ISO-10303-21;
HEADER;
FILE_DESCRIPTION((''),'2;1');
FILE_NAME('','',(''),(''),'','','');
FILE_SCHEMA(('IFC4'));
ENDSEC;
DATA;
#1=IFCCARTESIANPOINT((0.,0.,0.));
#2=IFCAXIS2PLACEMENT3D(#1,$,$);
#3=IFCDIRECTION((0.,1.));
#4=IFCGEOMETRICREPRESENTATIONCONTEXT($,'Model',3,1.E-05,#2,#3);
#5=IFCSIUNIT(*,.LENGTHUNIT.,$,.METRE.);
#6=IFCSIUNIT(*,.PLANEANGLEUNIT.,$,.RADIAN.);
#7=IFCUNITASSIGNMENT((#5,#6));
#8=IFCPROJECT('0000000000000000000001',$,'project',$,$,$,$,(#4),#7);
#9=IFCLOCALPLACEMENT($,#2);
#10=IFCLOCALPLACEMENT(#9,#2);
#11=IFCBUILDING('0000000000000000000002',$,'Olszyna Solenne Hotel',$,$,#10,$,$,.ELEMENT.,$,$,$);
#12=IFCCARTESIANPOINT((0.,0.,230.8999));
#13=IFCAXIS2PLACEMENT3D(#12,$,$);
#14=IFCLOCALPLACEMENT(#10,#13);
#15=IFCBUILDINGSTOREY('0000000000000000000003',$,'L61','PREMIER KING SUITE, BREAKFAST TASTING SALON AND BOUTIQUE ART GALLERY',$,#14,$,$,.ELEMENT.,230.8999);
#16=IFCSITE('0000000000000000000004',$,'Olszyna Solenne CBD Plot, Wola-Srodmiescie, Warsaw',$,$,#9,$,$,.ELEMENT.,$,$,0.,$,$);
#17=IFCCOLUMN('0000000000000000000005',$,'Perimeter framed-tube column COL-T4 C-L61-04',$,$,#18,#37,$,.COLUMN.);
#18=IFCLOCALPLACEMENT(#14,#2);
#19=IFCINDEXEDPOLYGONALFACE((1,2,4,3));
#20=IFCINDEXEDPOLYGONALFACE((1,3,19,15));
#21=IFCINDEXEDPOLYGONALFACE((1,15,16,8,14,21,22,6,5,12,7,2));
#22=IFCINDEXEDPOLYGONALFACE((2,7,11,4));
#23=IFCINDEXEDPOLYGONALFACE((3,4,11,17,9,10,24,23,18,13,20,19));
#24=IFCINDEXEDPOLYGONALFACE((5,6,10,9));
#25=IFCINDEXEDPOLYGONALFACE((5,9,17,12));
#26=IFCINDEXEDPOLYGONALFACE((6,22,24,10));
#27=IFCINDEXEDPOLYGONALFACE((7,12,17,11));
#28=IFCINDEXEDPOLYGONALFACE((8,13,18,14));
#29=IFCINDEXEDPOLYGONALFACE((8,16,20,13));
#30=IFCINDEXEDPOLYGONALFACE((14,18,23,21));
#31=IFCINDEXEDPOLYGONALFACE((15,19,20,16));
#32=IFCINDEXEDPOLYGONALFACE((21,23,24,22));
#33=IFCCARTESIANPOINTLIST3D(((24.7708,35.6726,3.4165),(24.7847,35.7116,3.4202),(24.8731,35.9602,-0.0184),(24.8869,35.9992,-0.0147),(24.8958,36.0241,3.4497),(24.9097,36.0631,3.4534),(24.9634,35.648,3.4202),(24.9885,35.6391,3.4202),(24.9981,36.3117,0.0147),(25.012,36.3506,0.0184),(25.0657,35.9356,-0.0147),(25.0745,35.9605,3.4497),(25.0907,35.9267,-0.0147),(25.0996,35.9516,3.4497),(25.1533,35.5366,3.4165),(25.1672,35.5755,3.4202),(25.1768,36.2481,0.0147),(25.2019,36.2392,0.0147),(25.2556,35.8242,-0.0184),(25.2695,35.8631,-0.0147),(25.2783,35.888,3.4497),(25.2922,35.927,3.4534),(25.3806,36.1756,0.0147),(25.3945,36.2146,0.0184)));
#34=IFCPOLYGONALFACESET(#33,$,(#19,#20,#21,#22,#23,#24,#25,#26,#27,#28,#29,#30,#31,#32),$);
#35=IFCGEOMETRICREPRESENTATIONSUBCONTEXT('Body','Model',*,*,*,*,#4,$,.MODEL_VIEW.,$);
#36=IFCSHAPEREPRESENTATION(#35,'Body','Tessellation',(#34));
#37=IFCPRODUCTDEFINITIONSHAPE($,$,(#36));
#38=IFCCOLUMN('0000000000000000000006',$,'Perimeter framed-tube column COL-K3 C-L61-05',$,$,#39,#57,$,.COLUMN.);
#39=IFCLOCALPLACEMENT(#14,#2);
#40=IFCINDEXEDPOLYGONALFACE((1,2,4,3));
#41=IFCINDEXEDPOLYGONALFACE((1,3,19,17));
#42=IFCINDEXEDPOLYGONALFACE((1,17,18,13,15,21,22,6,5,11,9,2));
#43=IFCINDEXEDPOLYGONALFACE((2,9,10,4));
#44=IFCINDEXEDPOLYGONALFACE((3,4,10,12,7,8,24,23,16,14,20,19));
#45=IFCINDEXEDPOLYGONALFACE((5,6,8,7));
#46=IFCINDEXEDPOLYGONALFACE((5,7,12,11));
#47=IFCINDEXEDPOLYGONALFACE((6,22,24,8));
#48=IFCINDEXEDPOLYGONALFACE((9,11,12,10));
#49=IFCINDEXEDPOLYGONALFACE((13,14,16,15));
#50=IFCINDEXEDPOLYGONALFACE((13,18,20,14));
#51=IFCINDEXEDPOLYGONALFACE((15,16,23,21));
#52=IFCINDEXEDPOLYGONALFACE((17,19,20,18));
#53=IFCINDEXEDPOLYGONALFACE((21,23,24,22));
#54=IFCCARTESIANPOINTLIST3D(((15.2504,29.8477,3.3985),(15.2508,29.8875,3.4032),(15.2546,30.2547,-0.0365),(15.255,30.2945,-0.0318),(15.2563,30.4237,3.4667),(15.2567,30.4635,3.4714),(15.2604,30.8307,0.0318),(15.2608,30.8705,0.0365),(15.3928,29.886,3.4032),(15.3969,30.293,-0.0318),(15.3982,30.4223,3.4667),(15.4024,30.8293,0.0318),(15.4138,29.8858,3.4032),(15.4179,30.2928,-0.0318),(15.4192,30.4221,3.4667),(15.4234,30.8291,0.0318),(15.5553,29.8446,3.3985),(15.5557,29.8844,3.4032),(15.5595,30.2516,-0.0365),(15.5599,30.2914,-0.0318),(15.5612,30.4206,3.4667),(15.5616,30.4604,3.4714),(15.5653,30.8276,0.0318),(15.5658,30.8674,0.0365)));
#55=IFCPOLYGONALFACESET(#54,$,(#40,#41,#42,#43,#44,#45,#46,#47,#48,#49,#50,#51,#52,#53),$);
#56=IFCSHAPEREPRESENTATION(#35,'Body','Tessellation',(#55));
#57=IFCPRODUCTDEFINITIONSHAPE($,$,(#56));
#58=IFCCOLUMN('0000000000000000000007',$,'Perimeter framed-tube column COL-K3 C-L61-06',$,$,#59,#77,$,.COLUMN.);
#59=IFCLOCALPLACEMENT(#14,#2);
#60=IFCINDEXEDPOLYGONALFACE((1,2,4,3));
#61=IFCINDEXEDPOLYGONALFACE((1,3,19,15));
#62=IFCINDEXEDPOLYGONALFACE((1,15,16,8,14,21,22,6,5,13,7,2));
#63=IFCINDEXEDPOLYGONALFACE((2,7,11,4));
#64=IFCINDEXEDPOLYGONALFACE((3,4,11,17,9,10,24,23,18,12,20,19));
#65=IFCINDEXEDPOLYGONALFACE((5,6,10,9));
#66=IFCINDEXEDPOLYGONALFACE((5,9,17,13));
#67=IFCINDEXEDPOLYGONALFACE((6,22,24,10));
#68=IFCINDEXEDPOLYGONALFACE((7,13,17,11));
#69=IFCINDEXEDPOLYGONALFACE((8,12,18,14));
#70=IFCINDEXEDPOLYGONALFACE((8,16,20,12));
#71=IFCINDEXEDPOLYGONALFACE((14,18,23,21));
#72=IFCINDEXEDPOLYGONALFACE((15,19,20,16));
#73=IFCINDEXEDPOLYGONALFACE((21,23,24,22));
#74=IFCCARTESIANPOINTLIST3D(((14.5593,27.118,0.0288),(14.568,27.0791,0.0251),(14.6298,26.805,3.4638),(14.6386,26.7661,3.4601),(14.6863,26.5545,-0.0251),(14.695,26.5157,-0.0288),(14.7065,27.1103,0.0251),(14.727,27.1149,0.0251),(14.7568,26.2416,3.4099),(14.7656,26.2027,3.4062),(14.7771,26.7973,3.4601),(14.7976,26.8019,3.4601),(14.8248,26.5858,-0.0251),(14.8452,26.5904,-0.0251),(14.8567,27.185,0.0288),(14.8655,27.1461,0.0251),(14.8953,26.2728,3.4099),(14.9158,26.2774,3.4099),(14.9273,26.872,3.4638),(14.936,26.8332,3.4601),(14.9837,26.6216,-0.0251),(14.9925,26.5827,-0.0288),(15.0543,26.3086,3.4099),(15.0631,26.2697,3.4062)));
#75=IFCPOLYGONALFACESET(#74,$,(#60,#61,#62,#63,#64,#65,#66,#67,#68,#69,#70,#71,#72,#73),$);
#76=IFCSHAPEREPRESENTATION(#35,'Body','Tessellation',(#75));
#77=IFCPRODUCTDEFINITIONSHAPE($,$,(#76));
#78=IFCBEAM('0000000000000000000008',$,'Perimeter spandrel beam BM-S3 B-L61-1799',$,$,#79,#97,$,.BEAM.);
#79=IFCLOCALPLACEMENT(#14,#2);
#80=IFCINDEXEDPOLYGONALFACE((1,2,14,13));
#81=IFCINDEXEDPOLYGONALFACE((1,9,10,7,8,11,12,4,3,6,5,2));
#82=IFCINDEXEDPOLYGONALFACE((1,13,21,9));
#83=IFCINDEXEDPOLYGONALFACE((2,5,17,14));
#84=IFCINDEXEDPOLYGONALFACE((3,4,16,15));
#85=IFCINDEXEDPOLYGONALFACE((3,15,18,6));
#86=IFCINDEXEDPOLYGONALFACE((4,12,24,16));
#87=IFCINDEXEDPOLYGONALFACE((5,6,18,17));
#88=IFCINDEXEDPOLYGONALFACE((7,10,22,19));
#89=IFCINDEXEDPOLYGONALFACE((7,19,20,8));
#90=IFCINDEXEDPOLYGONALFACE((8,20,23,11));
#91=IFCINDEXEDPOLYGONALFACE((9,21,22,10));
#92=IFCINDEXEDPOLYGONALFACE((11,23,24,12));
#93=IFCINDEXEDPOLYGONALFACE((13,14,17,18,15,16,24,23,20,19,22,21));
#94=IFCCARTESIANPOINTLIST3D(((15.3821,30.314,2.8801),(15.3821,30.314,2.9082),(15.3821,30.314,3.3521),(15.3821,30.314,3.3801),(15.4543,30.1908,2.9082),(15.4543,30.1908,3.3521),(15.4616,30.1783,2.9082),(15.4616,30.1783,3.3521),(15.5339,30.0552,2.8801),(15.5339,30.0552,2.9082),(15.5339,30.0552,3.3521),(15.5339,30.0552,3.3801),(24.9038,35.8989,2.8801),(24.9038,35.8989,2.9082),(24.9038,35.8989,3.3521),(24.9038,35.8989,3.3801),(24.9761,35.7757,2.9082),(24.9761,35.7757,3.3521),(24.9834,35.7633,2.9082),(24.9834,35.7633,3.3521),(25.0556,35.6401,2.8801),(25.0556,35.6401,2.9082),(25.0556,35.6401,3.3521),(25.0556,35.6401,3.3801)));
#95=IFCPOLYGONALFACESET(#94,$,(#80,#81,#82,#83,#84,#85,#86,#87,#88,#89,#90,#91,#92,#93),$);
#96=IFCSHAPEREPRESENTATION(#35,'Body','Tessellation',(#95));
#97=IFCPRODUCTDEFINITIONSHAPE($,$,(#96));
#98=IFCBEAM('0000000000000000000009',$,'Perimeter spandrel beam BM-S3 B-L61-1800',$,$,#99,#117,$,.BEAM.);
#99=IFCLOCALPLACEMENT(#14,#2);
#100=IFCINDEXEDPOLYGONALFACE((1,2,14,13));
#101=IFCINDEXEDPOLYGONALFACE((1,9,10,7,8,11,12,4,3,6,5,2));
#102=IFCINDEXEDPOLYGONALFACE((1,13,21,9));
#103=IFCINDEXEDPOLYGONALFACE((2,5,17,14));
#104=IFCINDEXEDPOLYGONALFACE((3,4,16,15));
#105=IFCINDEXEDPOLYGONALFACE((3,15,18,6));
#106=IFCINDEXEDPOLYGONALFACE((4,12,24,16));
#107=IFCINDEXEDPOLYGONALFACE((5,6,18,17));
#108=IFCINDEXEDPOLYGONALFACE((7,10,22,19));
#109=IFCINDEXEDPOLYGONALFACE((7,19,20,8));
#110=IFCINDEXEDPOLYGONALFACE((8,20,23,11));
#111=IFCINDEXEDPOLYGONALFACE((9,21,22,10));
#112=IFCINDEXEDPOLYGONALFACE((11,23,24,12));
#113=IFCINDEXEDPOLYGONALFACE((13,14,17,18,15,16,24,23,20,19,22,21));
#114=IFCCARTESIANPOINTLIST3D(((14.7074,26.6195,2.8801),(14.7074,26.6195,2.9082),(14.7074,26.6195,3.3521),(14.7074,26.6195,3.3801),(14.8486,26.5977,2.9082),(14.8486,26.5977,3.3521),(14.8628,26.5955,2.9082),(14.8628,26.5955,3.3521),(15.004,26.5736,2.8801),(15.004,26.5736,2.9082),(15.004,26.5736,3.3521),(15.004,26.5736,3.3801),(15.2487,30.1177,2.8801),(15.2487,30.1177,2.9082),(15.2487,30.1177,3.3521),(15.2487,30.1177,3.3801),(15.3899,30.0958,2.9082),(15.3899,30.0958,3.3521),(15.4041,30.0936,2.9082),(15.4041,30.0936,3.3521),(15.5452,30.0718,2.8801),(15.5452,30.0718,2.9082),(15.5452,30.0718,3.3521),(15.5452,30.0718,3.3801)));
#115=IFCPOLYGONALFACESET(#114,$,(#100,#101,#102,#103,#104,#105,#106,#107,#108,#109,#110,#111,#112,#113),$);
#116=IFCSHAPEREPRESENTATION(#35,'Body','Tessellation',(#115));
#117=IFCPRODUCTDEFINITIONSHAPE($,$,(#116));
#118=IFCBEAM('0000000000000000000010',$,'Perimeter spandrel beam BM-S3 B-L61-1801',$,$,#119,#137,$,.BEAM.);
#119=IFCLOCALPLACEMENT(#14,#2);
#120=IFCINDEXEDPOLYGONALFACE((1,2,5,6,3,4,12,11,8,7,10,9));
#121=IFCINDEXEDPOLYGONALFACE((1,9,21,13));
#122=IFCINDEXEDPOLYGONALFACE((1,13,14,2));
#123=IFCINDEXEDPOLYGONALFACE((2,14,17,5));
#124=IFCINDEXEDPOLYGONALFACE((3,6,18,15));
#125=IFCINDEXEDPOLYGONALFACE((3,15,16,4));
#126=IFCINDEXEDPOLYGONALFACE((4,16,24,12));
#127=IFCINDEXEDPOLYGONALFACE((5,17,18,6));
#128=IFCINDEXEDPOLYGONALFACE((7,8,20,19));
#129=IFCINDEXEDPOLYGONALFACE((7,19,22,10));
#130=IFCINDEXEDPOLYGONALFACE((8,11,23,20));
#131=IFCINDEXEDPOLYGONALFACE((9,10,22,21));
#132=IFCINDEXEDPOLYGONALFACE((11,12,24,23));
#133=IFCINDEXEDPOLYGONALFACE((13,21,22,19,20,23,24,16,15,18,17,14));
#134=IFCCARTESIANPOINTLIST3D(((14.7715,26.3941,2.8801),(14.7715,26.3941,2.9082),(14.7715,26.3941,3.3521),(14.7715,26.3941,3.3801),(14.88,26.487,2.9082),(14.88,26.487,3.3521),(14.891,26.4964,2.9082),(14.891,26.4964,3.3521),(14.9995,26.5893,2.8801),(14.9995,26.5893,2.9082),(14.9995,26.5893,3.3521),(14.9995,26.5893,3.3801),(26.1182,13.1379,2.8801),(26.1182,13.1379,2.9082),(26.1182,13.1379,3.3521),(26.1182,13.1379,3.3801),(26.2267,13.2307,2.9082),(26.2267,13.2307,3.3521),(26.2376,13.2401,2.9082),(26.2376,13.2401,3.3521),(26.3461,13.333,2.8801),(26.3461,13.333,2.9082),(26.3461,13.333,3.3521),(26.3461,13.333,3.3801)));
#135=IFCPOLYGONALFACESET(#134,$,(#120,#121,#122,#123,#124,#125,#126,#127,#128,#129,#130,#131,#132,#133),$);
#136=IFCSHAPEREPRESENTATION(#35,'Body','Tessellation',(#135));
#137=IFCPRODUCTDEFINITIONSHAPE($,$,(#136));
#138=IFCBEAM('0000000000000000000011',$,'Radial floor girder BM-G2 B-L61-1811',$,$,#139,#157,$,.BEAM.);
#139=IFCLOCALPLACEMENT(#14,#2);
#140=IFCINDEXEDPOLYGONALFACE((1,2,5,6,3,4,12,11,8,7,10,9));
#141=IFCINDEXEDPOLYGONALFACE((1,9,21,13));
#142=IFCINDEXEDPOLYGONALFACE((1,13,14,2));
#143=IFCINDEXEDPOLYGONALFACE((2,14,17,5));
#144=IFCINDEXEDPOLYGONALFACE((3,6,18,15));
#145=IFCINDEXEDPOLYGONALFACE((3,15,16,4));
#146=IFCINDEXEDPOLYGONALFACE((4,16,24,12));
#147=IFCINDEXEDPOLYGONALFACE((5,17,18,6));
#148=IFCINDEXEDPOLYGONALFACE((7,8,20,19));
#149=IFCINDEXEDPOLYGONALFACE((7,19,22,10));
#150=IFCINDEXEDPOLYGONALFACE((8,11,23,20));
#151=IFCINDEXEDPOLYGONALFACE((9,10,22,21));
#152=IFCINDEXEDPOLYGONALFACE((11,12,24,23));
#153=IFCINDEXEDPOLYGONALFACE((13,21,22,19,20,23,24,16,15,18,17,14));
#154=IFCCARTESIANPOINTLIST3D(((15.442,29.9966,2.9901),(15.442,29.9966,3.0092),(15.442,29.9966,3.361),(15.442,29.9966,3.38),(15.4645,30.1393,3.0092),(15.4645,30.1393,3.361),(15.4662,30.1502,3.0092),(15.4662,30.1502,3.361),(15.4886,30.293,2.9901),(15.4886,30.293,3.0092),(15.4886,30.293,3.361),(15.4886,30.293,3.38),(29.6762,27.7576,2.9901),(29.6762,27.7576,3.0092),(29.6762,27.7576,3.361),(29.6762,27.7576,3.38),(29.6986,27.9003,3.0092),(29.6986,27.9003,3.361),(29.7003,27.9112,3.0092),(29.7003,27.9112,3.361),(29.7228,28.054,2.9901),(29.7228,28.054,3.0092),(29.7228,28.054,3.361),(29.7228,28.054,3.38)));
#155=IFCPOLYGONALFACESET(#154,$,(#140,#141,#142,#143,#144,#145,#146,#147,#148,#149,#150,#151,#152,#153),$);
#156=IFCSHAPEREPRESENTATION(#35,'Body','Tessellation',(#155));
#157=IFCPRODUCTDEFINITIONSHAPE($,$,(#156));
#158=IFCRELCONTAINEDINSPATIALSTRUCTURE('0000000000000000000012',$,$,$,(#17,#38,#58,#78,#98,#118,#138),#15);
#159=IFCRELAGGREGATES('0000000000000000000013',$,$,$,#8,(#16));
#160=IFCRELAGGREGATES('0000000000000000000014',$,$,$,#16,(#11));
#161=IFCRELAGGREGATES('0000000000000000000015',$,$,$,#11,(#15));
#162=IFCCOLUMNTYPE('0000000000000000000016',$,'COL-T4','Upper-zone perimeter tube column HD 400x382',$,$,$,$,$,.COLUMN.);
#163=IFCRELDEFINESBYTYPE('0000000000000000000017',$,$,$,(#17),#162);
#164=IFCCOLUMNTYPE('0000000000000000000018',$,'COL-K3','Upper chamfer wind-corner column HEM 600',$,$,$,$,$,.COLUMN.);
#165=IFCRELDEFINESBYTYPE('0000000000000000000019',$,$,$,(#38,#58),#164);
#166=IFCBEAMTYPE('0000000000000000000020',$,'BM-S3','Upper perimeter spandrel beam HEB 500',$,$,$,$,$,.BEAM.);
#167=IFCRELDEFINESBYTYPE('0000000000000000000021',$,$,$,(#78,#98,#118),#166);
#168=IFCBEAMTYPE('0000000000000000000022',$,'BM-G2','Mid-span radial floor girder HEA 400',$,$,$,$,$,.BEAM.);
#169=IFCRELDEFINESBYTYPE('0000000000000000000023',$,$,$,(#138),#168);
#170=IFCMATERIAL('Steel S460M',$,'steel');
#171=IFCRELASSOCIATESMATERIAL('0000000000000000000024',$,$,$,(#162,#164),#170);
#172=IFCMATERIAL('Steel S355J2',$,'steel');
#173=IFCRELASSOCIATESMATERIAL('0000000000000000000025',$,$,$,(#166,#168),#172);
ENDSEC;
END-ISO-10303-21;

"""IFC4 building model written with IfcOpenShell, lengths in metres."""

from ifc_helpers import new_model, si_unit, direction, frame, origin, origin_2d, place, context, subcontext, project, spatial, i_section, extrude, source, transform, mapped, material, material_profile, profile_set, type_object, element, save


model = new_model("IFC4")

# Units and contexts
model_context = context("Model", 3, precision=1e-05, world=origin(), true_north=direction((0.0, 1.0)))
body_context = subcontext(model_context, "Body", "Model", "MODEL_VIEW")
ifc_project = project(units=[si_unit("LENGTHUNIT", "METRE"), si_unit("PLANEANGLEUNIT", "RADIAN")], contexts=[model_context])

# Site, building, storey
site_placement = place(None, origin())
site = spatial("IfcSite", under=ifc_project, at=site_placement, Name="Olszyna Solenne CBD Plot, Wola-Srodmiescie, Warsaw", CompositionType="ELEMENT", RefElevation=0.0)
building_placement = place(site_placement, origin())
building = spatial("IfcBuilding", under=site, at=building_placement, Name="Olszyna Solenne Hotel", CompositionType="ELEMENT")
storey_placement = place(building_placement, frame((0.0, 0.0, 230.8999)))
storey = spatial("IfcBuildingStorey", under=building, at=storey_placement, Name="L61", Description="PREMIER KING SUITE, BREAKFAST TASTING SALON AND BOUTIQUE ART GALLERY", CompositionType="ELEMENT", Elevation=230.8999)

# Columns
ifc_material_1 = material(Name="Steel S460M", Category="steel")
ifc_material_profile_1 = material_profile(ifc_material_1, i_section(OverallWidth=0.406, OverallDepth=0.416, WebThickness=0.0266, FlangeThickness=0.0415, at=origin_2d()), Name="HD 400x382", Category="load-bearing")
ifc_profile_set_1 = profile_set([ifc_material_profile_1], Name="Steel S460M")
column_type_1 = type_object("IfcColumnType", Name="COL-T4", Description="Upper-zone perimeter tube column HD 400x382", PredefinedType="COLUMN", material=ifc_profile_set_1)
shared_shape_1 = source(origin(), body_context, "Body", "SweptSolid", [
    extrude(i_section(OverallWidth=0.406, OverallDepth=0.416, WebThickness=0.0266, FlangeThickness=0.0415, at=origin_2d()), origin(), (0.0, 0.0, 1.0), 3.4485),
])
column_1_placement = place(storey_placement, frame((25.1338, 36.0874, 0.0), z_axis=(-0.029663, -0.083396, 0.996075), x_axis=(0.942175, -0.33512, 0.0)))
element("IfcColumn", 1, at=column_1_placement, inside=storey, type_object=column_type_1, Name="Perimeter framed-tube column COL-T4 C-L61-04", PredefinedType="COLUMN", context=body_context, shape_type="MappedRepresentation", body=[
    mapped(shared_shape_1, transform((0.0, 0.0, 0.0), x_axis=(1.0, 0.0, 0.0), y_axis=(0.0, 1.0, 0.0), z_axis=(0.0, 0.0, 1.0), scale=1.0)),
])
ifc_material_profile_2 = material_profile(ifc_material_1, i_section(OverallWidth=0.3049, OverallDepth=0.6201, WebThickness=0.021, FlangeThickness=0.04, at=origin_2d()), Name="HEM 600", Category="load-bearing")
ifc_profile_set_2 = profile_set([ifc_material_profile_2], Name="Steel S460M")
column_type_2 = type_object("IfcColumnType", Name="COL-K3", Description="Upper chamfer wind-corner column HEM 600", PredefinedType="COLUMN", material=ifc_profile_set_2)
shared_shape_2 = source(origin(), body_context, "Body", "SweptSolid", [
    extrude(i_section(OverallWidth=0.3049, OverallDepth=0.6201, WebThickness=0.021, FlangeThickness=0.04, at=origin_2d()), origin(), (0.0, 0.0, 1.0), 3.459),
])
column_2_placement = place(storey_placement, frame((15.4102, 30.561, 0.0), z_axis=(-0.0012, -0.117656, 0.993054), x_axis=(0.999948, -0.010197, 0.0)))
element("IfcColumn", 2, at=column_2_placement, inside=storey, type_object=column_type_2, Name="Perimeter framed-tube column COL-K3 C-L61-05", PredefinedType="COLUMN", context=body_context, shape_type="MappedRepresentation", body=[
    mapped(shared_shape_2, transform((0.0, 0.0, 0.0), x_axis=(1.0, 0.0, 0.0), y_axis=(0.0, 1.0, 0.0), z_axis=(0.0, 0.0, 1.0), scale=1.0)),
])
shared_shape_3 = source(origin(), body_context, "Body", "SweptSolid", [
    extrude(i_section(OverallWidth=0.3049, OverallDepth=0.6201, WebThickness=0.021, FlangeThickness=0.04, at=origin_2d()), origin(), (0.0, 0.0, 1.0), 3.45),
])
column_3_placement = place(storey_placement, frame((14.7759, 26.8503, 0.0), z_axis=(0.020451, -0.090721, 0.995666), x_axis=(0.97552, 0.219911, 0.0)))
element("IfcColumn", 3, at=column_3_placement, inside=storey, type_object=column_type_2, Name="Perimeter framed-tube column COL-K3 C-L61-06", PredefinedType="COLUMN", context=body_context, shape_type="MappedRepresentation", body=[
    mapped(shared_shape_3, transform((0.0, 0.0, 0.0), x_axis=(1.0, 0.0, 0.0), y_axis=(0.0, 1.0, 0.0), z_axis=(0.0, 0.0, 1.0), scale=1.0)),
])

# Beams
ifc_material_2 = material(Name="Steel S355J2", Category="steel")
ifc_material_profile_3 = material_profile(ifc_material_2, i_section(OverallWidth=0.3, OverallDepth=0.5, WebThickness=0.0144, FlangeThickness=0.0281, at=origin_2d()), Name="HEB 500", Category="load-bearing")
ifc_profile_set_3 = profile_set([ifc_material_profile_3], Name="Steel S355J2")
beam_type_1 = type_object("IfcBeamType", Name="BM-S3", Description="Upper perimeter spandrel beam HEB 500", PredefinedType="BEAM", material=ifc_profile_set_3)
shared_shape_4 = source(origin(), body_context, "Body", "SweptSolid", [
    extrude(i_section(OverallWidth=0.3, OverallDepth=0.5, WebThickness=0.0144, FlangeThickness=0.0281, at=origin_2d()), origin(), (0.0, 0.0, 1.0), 11.0388),
])
beam_1_placement = place(storey_placement, frame((24.9797, 35.7695, 3.1301), z_axis=(-0.862569, -0.505939, 0.0), x_axis=(0.505939, -0.862569, 0.0)))
element("IfcBeam", 4, at=beam_1_placement, inside=storey, type_object=beam_type_1, Name="Perimeter spandrel beam BM-S3 B-L61-1799", PredefinedType="BEAM", context=body_context, shape_type="MappedRepresentation", body=[
    mapped(shared_shape_4, transform((0.0, 0.0, 0.0), x_axis=(1.0, 0.0, 0.0), y_axis=(0.0, 1.0, 0.0), z_axis=(0.0, 0.0, 1.0), scale=1.0)),
])
shared_shape_5 = source(origin(), body_context, "Body", "SweptSolid", [
    extrude(i_section(OverallWidth=0.3, OverallDepth=0.5, WebThickness=0.0144, FlangeThickness=0.0281, at=origin_2d()), origin(), (0.0, 0.0, 1.0), 3.5398),
])
beam_2_placement = place(storey_placement, frame((15.397, 30.0947, 3.1301), z_axis=(-0.152912, -0.98824, 0.0), x_axis=(0.98824, -0.152912, 0.0)))
element("IfcBeam", 5, at=beam_2_placement, inside=storey, type_object=beam_type_1, Name="Perimeter spandrel beam BM-S3 B-L61-1800", PredefinedType="BEAM", context=body_context, shape_type="MappedRepresentation", body=[
    mapped(shared_shape_5, transform((0.0, 0.0, 0.0), x_axis=(1.0, 0.0, 0.0), y_axis=(0.0, 1.0, 0.0), z_axis=(0.0, 0.0, 1.0), scale=1.0)),
])
shared_shape_6 = source(origin(), body_context, "Body", "SweptSolid", [
    extrude(i_section(OverallWidth=0.3, OverallDepth=0.5, WebThickness=0.0144, FlangeThickness=0.0281, at=origin_2d()), origin(), (0.0, 0.0, 1.0), 17.4492),
])
beam_3_placement = place(storey_placement, frame((14.8855, 26.4917, 3.1301), z_axis=(0.650266, -0.759707, 0.0), x_axis=(0.759707, 0.650266, 0.0)))
element("IfcBeam", 6, at=beam_3_placement, inside=storey, type_object=beam_type_1, Name="Perimeter spandrel beam BM-S3 B-L61-1801", PredefinedType="BEAM", context=body_context, shape_type="MappedRepresentation", body=[
    mapped(shared_shape_6, transform((0.0, 0.0, 0.0), x_axis=(1.0, 0.0, 0.0), y_axis=(0.0, 1.0, 0.0), z_axis=(0.0, 0.0, 1.0), scale=1.0)),
])
ifc_material_profile_4 = material_profile(ifc_material_2, i_section(OverallWidth=0.3, OverallDepth=0.3899, WebThickness=0.011, FlangeThickness=0.019, at=origin_2d()), Name="HEA 400", Category="load-bearing")
ifc_profile_set_4 = profile_set([ifc_material_profile_4], Name="Steel S355J2")
beam_type_2 = type_object("IfcBeamType", Name="BM-G2", Description="Mid-span radial floor girder HEA 400", PredefinedType="BEAM", material=ifc_profile_set_4)
shared_shape_7 = source(origin(), body_context, "Body", "SweptSolid", [
    extrude(i_section(OverallWidth=0.3, OverallDepth=0.3899, WebThickness=0.011, FlangeThickness=0.019, at=origin_2d()), origin(), (0.0, 0.0, 1.0), 14.4092),
])
beam_4_placement = place(storey_placement, frame((15.4653, 30.1448, 3.1851), z_axis=(0.987853, -0.155388, 0.0), x_axis=(0.155388, 0.987853, 0.0)))
element("IfcBeam", 7, at=beam_4_placement, inside=storey, type_object=beam_type_2, Name="Radial floor girder BM-G2 B-L61-1811", PredefinedType="BEAM", context=body_context, shape_type="MappedRepresentation", body=[
    mapped(shared_shape_7, transform((0.0, 0.0, 0.0), x_axis=(1.0, 0.0, 0.0), y_axis=(0.0, 1.0, 0.0), z_axis=(0.0, 0.0, 1.0), scale=1.0)),
])

save(model, "model.ifc")
